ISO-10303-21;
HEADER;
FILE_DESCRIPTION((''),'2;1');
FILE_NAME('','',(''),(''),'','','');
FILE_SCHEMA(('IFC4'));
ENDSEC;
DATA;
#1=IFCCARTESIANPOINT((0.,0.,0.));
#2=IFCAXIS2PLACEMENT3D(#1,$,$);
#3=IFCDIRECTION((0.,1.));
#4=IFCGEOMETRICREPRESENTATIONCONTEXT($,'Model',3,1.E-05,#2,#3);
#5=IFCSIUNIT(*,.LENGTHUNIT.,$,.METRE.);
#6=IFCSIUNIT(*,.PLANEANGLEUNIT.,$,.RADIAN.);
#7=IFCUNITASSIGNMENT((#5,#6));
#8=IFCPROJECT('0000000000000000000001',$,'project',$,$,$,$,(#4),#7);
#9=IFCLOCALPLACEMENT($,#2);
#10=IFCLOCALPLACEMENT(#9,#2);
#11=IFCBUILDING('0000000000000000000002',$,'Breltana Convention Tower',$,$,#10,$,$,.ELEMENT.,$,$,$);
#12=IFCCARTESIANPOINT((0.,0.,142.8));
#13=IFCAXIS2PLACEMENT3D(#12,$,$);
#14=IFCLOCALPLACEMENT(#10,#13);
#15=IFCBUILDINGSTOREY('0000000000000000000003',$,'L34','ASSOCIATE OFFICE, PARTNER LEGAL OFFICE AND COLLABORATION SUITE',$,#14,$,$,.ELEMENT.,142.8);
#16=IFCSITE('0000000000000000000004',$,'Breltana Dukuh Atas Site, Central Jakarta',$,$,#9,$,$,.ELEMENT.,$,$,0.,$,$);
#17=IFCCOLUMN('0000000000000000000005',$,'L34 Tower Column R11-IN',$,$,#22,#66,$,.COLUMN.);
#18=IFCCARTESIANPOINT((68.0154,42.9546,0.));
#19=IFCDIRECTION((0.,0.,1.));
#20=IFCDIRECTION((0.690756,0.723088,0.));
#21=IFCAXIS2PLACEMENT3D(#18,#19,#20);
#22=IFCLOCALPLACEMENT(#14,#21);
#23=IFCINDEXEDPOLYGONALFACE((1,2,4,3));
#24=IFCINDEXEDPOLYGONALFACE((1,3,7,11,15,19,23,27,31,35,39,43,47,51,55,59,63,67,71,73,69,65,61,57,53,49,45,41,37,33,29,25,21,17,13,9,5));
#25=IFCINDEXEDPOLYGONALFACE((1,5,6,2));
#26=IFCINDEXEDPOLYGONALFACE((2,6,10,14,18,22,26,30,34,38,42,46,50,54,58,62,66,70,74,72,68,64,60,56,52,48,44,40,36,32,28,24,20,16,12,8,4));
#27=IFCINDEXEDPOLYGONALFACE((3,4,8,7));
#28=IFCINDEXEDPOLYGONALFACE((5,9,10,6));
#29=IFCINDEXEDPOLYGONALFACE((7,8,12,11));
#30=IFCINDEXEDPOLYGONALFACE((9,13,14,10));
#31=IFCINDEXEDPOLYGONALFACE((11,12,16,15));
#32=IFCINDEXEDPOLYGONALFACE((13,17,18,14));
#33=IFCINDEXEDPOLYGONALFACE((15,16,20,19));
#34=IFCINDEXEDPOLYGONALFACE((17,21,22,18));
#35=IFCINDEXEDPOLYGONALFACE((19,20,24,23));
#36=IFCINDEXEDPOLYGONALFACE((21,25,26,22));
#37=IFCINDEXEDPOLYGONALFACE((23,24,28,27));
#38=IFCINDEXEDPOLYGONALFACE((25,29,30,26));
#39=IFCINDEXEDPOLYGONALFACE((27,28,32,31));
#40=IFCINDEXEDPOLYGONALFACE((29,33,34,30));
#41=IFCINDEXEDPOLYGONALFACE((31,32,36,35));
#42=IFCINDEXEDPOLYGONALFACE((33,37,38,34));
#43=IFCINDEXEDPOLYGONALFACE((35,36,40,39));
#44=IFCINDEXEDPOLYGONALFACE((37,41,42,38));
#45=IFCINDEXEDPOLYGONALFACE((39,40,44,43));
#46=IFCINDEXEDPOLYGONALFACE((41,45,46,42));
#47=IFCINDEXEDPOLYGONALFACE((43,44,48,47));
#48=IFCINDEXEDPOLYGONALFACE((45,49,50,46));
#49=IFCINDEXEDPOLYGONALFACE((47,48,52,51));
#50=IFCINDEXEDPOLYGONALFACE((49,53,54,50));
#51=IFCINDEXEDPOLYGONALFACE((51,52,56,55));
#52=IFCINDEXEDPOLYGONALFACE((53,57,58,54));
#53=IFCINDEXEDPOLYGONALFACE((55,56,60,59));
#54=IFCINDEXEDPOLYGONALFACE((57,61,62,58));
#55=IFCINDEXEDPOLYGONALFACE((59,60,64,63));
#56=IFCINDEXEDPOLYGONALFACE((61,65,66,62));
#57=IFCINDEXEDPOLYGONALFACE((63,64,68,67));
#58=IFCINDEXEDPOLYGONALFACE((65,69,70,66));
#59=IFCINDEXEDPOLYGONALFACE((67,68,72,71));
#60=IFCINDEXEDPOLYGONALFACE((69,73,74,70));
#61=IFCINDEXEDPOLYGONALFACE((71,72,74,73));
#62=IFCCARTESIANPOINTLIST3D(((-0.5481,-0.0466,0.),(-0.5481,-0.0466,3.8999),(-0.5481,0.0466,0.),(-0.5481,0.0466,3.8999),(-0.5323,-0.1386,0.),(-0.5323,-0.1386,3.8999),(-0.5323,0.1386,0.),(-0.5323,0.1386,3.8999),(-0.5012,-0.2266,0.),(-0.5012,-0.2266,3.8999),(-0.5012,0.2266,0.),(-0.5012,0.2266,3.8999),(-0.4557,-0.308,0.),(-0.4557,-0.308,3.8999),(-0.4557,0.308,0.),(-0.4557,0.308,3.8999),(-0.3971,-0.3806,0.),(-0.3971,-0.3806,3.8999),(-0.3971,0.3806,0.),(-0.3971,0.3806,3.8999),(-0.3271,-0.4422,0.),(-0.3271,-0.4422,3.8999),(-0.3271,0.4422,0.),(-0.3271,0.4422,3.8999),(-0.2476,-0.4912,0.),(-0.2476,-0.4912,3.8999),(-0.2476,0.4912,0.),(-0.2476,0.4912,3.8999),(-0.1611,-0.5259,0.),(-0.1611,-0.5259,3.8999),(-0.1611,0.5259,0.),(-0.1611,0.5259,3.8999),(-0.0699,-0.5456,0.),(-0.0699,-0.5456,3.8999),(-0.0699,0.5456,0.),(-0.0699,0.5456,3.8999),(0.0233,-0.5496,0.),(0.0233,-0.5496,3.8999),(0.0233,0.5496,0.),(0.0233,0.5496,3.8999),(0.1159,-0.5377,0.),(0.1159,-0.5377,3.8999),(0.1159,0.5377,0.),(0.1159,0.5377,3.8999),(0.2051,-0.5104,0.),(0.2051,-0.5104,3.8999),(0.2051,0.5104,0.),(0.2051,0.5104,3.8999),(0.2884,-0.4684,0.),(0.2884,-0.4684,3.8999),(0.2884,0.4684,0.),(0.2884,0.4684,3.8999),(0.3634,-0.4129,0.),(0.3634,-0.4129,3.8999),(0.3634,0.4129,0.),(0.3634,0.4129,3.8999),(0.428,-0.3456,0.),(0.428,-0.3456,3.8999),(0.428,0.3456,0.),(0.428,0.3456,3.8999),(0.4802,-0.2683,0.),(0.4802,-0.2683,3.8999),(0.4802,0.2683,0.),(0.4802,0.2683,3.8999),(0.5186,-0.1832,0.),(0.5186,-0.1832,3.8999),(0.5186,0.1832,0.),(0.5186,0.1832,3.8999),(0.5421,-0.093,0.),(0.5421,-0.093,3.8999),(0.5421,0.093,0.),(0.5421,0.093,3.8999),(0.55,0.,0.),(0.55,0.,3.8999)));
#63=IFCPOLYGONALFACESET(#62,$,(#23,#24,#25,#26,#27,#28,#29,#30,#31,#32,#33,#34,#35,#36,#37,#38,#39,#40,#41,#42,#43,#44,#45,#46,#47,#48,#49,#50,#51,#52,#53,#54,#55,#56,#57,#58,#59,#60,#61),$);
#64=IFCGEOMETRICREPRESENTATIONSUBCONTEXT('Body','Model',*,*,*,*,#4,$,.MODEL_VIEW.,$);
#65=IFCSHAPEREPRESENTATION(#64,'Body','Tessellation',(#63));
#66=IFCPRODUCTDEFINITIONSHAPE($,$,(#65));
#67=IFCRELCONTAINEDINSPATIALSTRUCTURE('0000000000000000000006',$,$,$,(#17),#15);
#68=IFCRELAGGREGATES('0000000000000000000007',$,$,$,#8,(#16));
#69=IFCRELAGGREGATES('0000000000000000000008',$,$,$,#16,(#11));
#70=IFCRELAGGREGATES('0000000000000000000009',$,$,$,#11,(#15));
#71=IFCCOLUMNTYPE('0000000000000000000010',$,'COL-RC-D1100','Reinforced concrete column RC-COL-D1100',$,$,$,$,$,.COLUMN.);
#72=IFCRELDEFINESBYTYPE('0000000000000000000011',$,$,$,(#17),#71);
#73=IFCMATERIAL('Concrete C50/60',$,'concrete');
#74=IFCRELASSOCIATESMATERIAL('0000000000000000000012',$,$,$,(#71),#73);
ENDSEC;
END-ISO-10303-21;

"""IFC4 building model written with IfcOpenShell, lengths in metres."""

from ifc_helpers import new_model, si_unit, direction, frame, origin, origin_2d, place, context, subcontext, project, spatial, circle, extrude, source, transform, mapped, material, material_profile, profile_set, type_object, element, save


model = new_model("IFC4")

# Units and contexts
model_context = context("Model", 3, precision=1e-05, world=origin(), true_north=direction((0.0, 1.0)))
body_context = subcontext(model_context, "Body", "Model", "MODEL_VIEW")
ifc_project = project(units=[si_unit("LENGTHUNIT", "METRE"), si_unit("PLANEANGLEUNIT", "RADIAN")], contexts=[model_context])

# Site, building, storey
site_placement = place(None, origin())
site = spatial("IfcSite", under=ifc_project, at=site_placement, Name="Breltana Dukuh Atas Site, Central Jakarta", CompositionType="ELEMENT", RefElevation=0.0)
building_placement = place(site_placement, origin())
building = spatial("IfcBuilding", under=site, at=building_placement, Name="Breltana Convention Tower", CompositionType="ELEMENT")
storey_placement = place(building_placement, frame((0.0, 0.0, 142.8)))
storey = spatial("IfcBuildingStorey", under=building, at=storey_placement, Name="L34", Description="ASSOCIATE OFFICE, PARTNER LEGAL OFFICE AND COLLABORATION SUITE", CompositionType="ELEMENT", Elevation=142.8)

# Column
ifc_material_1 = material(Name="Concrete C50/60", Category="concrete")
ifc_material_profile_1 = material_profile(ifc_material_1, circle(Radius=0.55, at=origin_2d()), Name="RC-COL-D1100")
ifc_profile_set_1 = profile_set([ifc_material_profile_1], Name="Concrete C50/60")
column_type = type_object("IfcColumnType", Name="COL-RC-D1100", Description="Reinforced concrete column RC-COL-D1100", PredefinedType="COLUMN", material=ifc_profile_set_1)
shared_shape_1 = source(origin(), body_context, "Body", "SweptSolid", [
    extrude(circle(Radius=0.55, at=origin_2d()), origin(), (0.0, 0.0, 1.0), 3.8999),
])
column_placement = place(storey_placement, frame((68.0154, 42.9546, 0.0), z_axis=(0.0, 0.0, 1.0), x_axis=(0.690756, 0.723088, 0.0)))
element("IfcColumn", 1, at=column_placement, inside=storey, type_object=column_type, Name="L34 Tower Column R11-IN", PredefinedType="COLUMN", context=body_context, shape_type="MappedRepresentation", body=[
    mapped(shared_shape_1, transform((0.0, 0.0, 0.0), scale=1.0)),
])

save(model, "model.ifc")
